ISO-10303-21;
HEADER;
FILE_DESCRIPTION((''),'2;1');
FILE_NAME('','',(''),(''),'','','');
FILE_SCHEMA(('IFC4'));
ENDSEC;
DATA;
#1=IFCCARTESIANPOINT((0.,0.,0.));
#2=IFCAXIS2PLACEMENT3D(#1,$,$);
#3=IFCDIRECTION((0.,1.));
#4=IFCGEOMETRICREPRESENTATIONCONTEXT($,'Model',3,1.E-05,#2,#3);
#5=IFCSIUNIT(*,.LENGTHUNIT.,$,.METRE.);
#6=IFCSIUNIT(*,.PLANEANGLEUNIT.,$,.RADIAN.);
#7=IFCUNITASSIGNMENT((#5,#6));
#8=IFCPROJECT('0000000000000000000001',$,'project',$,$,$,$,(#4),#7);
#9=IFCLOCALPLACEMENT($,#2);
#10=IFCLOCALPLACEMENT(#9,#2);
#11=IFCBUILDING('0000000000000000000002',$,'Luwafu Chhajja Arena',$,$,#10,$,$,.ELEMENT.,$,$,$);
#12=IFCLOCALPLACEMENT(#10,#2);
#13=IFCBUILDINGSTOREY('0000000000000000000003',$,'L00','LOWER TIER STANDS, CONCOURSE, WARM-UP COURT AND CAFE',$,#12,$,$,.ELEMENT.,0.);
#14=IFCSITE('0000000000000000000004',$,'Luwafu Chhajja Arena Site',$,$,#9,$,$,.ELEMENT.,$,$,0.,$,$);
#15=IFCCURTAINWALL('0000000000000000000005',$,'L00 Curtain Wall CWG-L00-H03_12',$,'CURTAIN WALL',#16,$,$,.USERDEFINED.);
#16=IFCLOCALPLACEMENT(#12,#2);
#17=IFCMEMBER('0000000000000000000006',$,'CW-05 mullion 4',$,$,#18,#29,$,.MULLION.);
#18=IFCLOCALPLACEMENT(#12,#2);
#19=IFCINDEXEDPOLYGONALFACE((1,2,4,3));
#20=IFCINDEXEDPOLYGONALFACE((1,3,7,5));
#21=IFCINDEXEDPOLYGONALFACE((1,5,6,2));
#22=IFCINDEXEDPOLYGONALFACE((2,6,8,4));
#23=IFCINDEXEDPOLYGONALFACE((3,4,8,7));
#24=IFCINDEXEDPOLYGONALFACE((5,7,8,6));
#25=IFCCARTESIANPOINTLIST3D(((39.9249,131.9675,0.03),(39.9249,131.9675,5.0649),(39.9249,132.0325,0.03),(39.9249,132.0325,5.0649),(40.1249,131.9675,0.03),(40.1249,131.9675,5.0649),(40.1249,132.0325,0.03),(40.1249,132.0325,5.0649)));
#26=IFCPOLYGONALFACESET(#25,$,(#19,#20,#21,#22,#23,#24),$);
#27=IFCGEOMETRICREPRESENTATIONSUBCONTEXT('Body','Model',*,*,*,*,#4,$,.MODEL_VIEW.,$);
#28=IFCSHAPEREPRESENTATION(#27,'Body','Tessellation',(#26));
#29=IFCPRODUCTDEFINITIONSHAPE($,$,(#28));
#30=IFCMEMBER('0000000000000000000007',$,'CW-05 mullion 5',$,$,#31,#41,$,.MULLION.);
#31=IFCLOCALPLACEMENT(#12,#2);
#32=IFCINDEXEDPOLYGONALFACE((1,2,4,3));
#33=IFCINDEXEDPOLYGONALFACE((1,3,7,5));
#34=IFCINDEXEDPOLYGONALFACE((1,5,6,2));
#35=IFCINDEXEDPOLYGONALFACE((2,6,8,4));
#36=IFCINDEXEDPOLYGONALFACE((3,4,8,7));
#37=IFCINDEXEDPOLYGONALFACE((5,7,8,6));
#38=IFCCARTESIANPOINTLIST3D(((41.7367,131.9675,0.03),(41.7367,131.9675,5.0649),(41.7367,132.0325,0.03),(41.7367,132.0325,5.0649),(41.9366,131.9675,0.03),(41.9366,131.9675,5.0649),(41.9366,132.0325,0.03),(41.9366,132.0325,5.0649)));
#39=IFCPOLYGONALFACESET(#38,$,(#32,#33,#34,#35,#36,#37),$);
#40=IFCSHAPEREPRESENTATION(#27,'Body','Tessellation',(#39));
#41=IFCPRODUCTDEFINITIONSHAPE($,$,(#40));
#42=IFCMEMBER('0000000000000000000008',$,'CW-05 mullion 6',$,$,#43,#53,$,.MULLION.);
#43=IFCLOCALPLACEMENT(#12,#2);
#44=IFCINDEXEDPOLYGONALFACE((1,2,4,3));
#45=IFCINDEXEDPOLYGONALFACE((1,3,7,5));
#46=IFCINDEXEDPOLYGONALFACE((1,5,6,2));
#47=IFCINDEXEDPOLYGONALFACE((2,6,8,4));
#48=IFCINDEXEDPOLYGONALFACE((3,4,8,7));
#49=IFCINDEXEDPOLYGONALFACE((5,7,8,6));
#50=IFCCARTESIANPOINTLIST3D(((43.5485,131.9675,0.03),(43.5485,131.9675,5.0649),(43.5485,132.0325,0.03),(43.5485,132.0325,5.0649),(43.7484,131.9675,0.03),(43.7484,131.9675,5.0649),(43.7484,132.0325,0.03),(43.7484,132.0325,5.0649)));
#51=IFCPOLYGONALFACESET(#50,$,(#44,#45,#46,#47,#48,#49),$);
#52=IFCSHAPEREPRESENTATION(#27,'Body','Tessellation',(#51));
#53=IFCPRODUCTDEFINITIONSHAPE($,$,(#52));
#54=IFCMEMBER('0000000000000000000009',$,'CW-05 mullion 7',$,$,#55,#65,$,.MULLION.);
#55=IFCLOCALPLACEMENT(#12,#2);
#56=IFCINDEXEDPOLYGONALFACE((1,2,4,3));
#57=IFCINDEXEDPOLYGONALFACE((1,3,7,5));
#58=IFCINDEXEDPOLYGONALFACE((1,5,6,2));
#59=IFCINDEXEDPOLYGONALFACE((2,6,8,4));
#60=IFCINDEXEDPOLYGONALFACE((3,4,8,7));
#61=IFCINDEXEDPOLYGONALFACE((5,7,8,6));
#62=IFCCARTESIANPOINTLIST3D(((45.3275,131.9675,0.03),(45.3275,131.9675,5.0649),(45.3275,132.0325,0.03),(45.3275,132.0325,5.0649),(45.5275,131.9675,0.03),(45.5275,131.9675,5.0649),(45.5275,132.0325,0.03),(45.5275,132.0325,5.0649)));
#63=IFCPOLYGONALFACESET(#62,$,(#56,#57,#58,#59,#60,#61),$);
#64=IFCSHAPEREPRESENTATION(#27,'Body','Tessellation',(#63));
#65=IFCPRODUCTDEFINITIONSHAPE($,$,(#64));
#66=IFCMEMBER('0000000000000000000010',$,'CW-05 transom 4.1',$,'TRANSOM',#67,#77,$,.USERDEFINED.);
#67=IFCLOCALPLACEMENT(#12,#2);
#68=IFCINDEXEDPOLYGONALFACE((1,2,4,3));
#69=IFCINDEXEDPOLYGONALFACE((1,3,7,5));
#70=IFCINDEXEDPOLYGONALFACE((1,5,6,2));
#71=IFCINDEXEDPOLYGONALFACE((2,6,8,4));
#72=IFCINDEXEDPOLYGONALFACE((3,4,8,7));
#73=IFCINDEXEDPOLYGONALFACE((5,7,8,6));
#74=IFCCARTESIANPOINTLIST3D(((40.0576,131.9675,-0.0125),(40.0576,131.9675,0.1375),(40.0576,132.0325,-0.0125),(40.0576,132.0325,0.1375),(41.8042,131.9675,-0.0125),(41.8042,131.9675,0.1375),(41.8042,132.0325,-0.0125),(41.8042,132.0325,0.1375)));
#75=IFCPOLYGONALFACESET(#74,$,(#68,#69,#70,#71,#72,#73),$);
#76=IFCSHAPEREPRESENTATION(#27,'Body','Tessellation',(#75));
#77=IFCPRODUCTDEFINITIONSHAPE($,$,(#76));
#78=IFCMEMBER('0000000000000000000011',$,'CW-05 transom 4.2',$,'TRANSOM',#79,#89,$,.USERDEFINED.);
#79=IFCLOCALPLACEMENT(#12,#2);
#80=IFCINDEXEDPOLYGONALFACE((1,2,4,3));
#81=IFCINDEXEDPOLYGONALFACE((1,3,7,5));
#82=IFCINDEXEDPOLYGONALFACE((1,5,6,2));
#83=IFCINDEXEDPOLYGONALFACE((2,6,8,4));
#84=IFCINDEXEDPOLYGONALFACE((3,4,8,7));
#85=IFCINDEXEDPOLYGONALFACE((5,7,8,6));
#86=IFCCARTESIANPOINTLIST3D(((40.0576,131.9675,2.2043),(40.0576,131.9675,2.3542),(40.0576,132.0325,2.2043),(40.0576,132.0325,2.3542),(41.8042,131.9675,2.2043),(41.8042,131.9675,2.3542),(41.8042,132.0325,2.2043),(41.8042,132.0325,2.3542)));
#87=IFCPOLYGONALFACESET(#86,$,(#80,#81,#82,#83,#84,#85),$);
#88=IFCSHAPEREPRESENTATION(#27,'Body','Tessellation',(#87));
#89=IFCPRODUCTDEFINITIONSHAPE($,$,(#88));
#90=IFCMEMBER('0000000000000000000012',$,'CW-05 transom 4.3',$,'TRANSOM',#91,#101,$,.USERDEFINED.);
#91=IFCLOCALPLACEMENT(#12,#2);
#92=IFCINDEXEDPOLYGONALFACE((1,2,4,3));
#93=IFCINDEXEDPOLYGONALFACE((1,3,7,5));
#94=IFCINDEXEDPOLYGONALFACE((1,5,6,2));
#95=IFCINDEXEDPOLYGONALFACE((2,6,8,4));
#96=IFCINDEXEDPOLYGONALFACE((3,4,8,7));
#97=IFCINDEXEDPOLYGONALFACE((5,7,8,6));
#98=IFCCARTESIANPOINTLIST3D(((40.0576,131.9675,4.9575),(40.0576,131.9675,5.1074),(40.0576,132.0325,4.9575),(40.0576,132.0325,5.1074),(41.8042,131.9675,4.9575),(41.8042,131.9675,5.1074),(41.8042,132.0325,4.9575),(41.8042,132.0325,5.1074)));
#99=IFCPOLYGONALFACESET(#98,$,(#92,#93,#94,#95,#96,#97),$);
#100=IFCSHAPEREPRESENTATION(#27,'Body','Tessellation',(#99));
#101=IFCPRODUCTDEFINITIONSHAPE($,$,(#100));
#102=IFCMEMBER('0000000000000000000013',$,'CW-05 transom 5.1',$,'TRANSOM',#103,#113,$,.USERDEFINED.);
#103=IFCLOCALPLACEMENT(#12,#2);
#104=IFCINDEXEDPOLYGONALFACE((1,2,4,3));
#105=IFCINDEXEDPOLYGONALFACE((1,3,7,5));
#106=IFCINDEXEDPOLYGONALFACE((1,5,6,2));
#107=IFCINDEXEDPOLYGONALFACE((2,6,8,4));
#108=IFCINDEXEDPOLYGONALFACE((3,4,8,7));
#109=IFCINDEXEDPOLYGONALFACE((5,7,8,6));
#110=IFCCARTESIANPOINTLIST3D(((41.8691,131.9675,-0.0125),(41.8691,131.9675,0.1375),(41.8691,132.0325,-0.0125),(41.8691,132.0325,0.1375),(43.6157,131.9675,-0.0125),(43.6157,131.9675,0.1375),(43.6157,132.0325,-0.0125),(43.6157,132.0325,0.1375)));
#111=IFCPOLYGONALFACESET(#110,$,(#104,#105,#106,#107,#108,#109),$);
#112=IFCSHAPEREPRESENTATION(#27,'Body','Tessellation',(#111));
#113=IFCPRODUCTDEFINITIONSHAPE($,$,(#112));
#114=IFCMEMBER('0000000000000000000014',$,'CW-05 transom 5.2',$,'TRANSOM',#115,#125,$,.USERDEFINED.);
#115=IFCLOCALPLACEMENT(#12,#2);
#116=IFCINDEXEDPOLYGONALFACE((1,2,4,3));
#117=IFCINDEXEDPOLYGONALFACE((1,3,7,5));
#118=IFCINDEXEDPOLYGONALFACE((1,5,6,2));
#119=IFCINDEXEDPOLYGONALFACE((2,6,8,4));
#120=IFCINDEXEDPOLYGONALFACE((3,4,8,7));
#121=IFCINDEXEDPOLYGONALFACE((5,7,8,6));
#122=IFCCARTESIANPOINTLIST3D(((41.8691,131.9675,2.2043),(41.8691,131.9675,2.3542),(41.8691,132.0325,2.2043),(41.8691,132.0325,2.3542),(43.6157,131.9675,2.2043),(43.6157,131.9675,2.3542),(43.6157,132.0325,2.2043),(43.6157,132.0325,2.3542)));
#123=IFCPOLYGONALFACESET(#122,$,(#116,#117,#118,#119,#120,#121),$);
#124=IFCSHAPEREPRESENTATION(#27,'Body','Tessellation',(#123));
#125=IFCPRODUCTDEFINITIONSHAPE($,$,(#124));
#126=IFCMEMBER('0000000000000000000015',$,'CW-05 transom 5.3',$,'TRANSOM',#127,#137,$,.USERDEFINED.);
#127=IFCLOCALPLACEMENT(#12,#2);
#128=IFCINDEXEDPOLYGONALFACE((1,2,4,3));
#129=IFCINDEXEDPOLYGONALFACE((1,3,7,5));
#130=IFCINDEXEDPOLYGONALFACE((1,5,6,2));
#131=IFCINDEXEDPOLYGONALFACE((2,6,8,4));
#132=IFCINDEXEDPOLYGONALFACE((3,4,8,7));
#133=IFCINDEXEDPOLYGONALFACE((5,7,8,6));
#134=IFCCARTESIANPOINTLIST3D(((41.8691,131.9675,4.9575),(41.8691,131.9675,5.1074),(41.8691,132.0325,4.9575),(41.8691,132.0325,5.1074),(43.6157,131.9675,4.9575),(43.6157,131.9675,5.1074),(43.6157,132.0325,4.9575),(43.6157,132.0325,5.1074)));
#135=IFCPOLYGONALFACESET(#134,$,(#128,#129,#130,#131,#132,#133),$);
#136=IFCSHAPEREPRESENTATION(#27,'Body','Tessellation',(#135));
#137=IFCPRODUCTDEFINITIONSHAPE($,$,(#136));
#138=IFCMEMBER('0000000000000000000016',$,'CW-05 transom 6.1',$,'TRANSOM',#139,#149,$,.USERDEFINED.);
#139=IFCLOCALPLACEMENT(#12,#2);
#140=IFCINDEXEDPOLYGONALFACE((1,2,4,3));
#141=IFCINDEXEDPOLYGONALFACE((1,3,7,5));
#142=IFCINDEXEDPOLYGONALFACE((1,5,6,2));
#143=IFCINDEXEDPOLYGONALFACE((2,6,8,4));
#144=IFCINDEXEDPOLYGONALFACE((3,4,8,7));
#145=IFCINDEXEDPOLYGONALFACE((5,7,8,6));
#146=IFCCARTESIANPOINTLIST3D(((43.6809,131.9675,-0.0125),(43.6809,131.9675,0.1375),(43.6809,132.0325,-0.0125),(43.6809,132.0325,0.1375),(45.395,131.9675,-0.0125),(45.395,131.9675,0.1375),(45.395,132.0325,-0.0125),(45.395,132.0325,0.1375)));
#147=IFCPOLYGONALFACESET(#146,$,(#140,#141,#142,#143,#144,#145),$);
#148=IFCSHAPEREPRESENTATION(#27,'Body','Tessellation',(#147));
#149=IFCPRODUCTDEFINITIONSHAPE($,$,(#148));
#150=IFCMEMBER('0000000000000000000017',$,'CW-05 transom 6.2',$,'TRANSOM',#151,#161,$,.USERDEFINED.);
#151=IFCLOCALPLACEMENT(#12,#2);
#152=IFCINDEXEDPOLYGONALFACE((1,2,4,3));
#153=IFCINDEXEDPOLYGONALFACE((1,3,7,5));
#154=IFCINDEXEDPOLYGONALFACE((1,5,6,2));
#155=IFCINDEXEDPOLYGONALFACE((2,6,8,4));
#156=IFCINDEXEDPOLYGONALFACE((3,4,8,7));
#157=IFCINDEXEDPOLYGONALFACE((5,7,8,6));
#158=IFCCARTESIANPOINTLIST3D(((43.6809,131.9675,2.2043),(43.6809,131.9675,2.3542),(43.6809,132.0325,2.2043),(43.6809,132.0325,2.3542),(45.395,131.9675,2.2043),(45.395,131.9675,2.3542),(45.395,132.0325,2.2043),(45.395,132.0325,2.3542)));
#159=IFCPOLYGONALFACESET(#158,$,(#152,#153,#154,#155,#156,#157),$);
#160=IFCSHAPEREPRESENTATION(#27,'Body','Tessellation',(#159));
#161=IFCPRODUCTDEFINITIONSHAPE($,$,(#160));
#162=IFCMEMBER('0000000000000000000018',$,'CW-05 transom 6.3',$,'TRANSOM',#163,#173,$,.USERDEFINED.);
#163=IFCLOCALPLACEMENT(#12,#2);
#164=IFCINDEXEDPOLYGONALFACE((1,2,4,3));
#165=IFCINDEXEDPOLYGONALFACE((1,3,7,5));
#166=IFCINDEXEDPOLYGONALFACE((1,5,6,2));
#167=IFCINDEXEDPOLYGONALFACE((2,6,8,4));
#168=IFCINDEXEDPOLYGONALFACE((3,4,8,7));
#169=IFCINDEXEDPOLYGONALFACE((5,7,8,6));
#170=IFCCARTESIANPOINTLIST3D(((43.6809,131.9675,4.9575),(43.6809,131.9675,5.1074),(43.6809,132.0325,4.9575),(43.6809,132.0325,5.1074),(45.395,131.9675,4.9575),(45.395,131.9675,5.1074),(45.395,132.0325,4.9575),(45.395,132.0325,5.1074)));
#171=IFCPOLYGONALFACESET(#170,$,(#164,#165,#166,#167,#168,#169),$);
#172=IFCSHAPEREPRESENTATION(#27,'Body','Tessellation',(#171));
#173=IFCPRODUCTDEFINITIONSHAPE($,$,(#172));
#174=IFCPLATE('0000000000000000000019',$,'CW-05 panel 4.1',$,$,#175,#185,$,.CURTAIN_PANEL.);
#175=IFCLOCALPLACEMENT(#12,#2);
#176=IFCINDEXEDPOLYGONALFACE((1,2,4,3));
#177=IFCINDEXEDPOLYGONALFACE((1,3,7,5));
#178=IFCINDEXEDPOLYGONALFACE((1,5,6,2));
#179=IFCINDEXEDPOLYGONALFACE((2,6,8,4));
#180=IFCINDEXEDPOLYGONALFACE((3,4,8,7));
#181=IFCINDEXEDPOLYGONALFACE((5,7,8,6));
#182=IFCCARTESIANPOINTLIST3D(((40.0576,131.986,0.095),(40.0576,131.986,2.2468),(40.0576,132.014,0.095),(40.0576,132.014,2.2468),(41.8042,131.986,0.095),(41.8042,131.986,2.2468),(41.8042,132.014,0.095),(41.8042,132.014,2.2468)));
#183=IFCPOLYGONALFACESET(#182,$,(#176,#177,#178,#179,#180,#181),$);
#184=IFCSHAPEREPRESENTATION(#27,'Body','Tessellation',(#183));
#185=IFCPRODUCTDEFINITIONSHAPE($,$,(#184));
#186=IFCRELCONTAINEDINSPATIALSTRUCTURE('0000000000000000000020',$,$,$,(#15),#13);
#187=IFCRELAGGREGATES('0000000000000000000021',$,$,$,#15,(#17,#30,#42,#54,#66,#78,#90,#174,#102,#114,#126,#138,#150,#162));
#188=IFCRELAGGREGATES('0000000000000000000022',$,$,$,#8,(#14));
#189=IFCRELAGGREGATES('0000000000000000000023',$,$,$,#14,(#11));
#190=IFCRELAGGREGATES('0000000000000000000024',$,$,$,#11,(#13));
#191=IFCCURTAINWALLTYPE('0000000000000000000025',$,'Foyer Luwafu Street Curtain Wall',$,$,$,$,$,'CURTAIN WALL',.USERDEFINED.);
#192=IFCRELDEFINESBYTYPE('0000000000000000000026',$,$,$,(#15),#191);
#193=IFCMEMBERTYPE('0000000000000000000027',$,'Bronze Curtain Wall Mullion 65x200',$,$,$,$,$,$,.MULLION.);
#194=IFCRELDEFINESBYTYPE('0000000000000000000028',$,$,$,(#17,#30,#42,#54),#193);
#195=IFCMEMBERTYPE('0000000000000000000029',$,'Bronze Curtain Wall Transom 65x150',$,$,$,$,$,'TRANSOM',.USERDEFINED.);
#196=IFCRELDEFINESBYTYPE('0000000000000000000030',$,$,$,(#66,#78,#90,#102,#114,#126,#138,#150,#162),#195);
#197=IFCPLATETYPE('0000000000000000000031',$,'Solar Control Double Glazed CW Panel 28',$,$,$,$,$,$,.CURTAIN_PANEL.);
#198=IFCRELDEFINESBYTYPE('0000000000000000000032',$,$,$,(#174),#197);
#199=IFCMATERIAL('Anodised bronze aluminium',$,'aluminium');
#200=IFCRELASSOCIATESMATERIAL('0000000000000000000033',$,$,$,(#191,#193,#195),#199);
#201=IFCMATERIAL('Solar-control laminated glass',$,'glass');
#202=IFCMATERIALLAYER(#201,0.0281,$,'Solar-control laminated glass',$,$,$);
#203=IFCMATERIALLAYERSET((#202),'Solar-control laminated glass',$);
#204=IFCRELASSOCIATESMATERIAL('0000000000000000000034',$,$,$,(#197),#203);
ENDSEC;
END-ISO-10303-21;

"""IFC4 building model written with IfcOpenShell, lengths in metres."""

from ifc_helpers import new_model, si_unit, direction, frame, origin, origin_2d, place, context, subcontext, project, spatial, rectangle, extrude, material, layer, layer_set, material_profile, profile_set, type_object, element, aggregate, save


model = new_model("IFC4")

# Units and contexts
model_context = context("Model", 3, precision=1e-05, world=origin(), true_north=direction((0.0, 1.0)))
body_context = subcontext(model_context, "Body", "Model", "MODEL_VIEW")
ifc_project = project(units=[si_unit("LENGTHUNIT", "METRE"), si_unit("PLANEANGLEUNIT", "RADIAN")], contexts=[model_context])

# Site, building, storey
site_placement = place(None, origin())
site = spatial("IfcSite", under=ifc_project, at=site_placement, Name="Luwafu Chhajja Arena Site", CompositionType="ELEMENT", RefElevation=0.0)
building_placement = place(site_placement, origin())
building = spatial("IfcBuilding", under=site, at=building_placement, Name="Luwafu Chhajja Arena", CompositionType="ELEMENT")
storey_placement = place(building_placement, origin())
storey = spatial("IfcBuildingStorey", under=building, at=storey_placement, Name="L00", Description="LOWER TIER STANDS, CONCOURSE, WARM-UP COURT AND CAFE", CompositionType="ELEMENT", Elevation=0.0)

# Curtain wall, members, plate
ifc_material_1 = material(Name="Anodised bronze aluminium", Category="aluminium")
curtain_wall_type = type_object("IfcCurtainWallType", Name="Foyer Luwafu Street Curtain Wall", ElementType="CURTAIN WALL", PredefinedType="USERDEFINED", material=ifc_material_1)
curtain_wall_placement = place(storey_placement, origin())
curtain_wall = element("IfcCurtainWall", 1, at=curtain_wall_placement, inside=storey, type_object=curtain_wall_type, Name="L00 Curtain Wall CWG-L00-H03_12", ObjectType="CURTAIN WALL", PredefinedType="USERDEFINED")
ifc_material_profile_1 = material_profile(ifc_material_1, rectangle(XDim=0.0649, YDim=0.2, at=origin_2d()), Name="CWM 65x200")
ifc_profile_set_1 = profile_set([ifc_material_profile_1], Name="Anodised bronze aluminium")
member_type_1 = type_object("IfcMemberType", Name="Bronze Curtain Wall Mullion 65x200", PredefinedType="MULLION", material=ifc_profile_set_1)
member_1_placement = place(storey_placement, frame((40.0249, 132.0, 0.03), z_axis=(0.0, 0.0, 1.0), x_axis=(0.0, 1.0, 0.0)))
member_1 = element("IfcMember", 2, at=member_1_placement, type_object=member_type_1, Name="CW-05 mullion 4", PredefinedType="MULLION", context=body_context, shape_type="SweptSolid", body=[
    extrude(rectangle(XDim=0.0649, YDim=0.2, at=origin_2d()), origin(), (0.0, 0.0, 1.0), 5.0349),
])
member_2_placement = place(storey_placement, frame((41.8367, 132.0, 0.03), z_axis=(0.0, 0.0, 1.0), x_axis=(0.0, 1.0, 0.0)))
member_2 = element("IfcMember", 3, at=member_2_placement, type_object=member_type_1, Name="CW-05 mullion 5", PredefinedType="MULLION", context=body_context, shape_type="SweptSolid", body=[
    extrude(rectangle(XDim=0.0649, YDim=0.2, at=origin_2d()), origin(), (0.0, 0.0, 1.0), 5.0349),
])
member_3_placement = place(storey_placement, frame((43.6484, 132.0, 0.03), z_axis=(0.0, 0.0, 1.0), x_axis=(0.0, 1.0, 0.0)))
member_3 = element("IfcMember", 4, at=member_3_placement, type_object=member_type_1, Name="CW-05 mullion 6", PredefinedType="MULLION", context=body_context, shape_type="SweptSolid", body=[
    extrude(rectangle(XDim=0.0649, YDim=0.2, at=origin_2d()), origin(), (0.0, 0.0, 1.0), 5.0349),
])
member_4_placement = place(storey_placement, frame((45.4275, 132.0, 0.03), z_axis=(0.0, 0.0, 1.0), x_axis=(0.0, 1.0, 0.0)))
member_4 = element("IfcMember", 5, at=member_4_placement, type_object=member_type_1, Name="CW-05 mullion 7", PredefinedType="MULLION", context=body_context, shape_type="SweptSolid", body=[
    extrude(rectangle(XDim=0.0649, YDim=0.2, at=origin_2d()), origin(), (0.0, 0.0, 1.0), 5.0349),
])
ifc_material_profile_2 = material_profile(ifc_material_1, rectangle(XDim=0.0649, YDim=0.1499, at=origin_2d()), Name="CWT 65x150")
ifc_profile_set_2 = profile_set([ifc_material_profile_2], Name="Anodised bronze aluminium")
member_type_2 = type_object("IfcMemberType", Name="Bronze Curtain Wall Transom 65x150", ElementType="TRANSOM", PredefinedType="USERDEFINED", material=ifc_profile_set_2)
member_5_placement = place(storey_placement, frame((40.0576, 132.0, 0.0625), z_axis=(1.0, 0.0, 0.0), x_axis=(0.0, 1.0, 0.0)))
member_5 = element("IfcMember", 6, at=member_5_placement, type_object=member_type_2, Name="CW-05 transom 4.1", ObjectType="TRANSOM", PredefinedType="USERDEFINED", context=body_context, shape_type="SweptSolid", body=[
    extrude(rectangle(XDim=0.0649, YDim=0.1499, at=origin_2d()), origin(), (0.0, 0.0, 1.0), 1.7466),
])
member_6_placement = place(storey_placement, frame((40.0576, 132.0, 2.2793), z_axis=(1.0, 0.0, 0.0), x_axis=(0.0, 1.0, 0.0)))
member_6 = element("IfcMember", 7, at=member_6_placement, type_object=member_type_2, Name="CW-05 transom 4.2", ObjectType="TRANSOM", PredefinedType="USERDEFINED", context=body_context, shape_type="SweptSolid", body=[
    extrude(rectangle(XDim=0.0649, YDim=0.1499, at=origin_2d()), origin(), (0.0, 0.0, 1.0), 1.7466),
])
member_7_placement = place(storey_placement, frame((40.0576, 132.0, 5.0325), z_axis=(1.0, 0.0, 0.0), x_axis=(0.0, 1.0, 0.0)))
member_7 = element("IfcMember", 8, at=member_7_placement, type_object=member_type_2, Name="CW-05 transom 4.3", ObjectType="TRANSOM", PredefinedType="USERDEFINED", context=body_context, shape_type="SweptSolid", body=[
    extrude(rectangle(XDim=0.0649, YDim=0.1499, at=origin_2d()), origin(), (0.0, 0.0, 1.0), 1.7466),
])
member_8_placement = place(storey_placement, frame((41.8691, 132.0, 0.0625), z_axis=(1.0, 0.0, 0.0), x_axis=(0.0, 1.0, 0.0)))
member_8 = element("IfcMember", 9, at=member_8_placement, type_object=member_type_2, Name="CW-05 transom 5.1", ObjectType="TRANSOM", PredefinedType="USERDEFINED", context=body_context, shape_type="SweptSolid", body=[
    extrude(rectangle(XDim=0.0649, YDim=0.1499, at=origin_2d()), origin(), (0.0, 0.0, 1.0), 1.7466),
])
member_9_placement = place(storey_placement, frame((41.8691, 132.0, 2.2793), z_axis=(1.0, 0.0, 0.0), x_axis=(0.0, 1.0, 0.0)))
member_9 = element("IfcMember", 10, at=member_9_placement, type_object=member_type_2, Name="CW-05 transom 5.2", ObjectType="TRANSOM", PredefinedType="USERDEFINED", context=body_context, shape_type="SweptSolid", body=[
    extrude(rectangle(XDim=0.0649, YDim=0.1499, at=origin_2d()), origin(), (0.0, 0.0, 1.0), 1.7466),
])
member_10_placement = place(storey_placement, frame((41.8691, 132.0, 5.0325), z_axis=(1.0, 0.0, 0.0), x_axis=(0.0, 1.0, 0.0)))
member_10 = element("IfcMember", 11, at=member_10_placement, type_object=member_type_2, Name="CW-05 transom 5.3", ObjectType="TRANSOM", PredefinedType="USERDEFINED", context=body_context, shape_type="SweptSolid", body=[
    extrude(rectangle(XDim=0.0649, YDim=0.1499, at=origin_2d()), origin(), (0.0, 0.0, 1.0), 1.7466),
])
member_11_placement = place(storey_placement, frame((43.6809, 132.0, 0.0625), z_axis=(1.0, 0.0, 0.0), x_axis=(0.0, 1.0, 0.0)))
member_11 = element("IfcMember", 12, at=member_11_placement, type_object=member_type_2, Name="CW-05 transom 6.1", ObjectType="TRANSOM", PredefinedType="USERDEFINED", context=body_context, shape_type="SweptSolid", body=[
    extrude(rectangle(XDim=0.0649, YDim=0.1499, at=origin_2d()), origin(), (0.0, 0.0, 1.0), 1.7141),
])
member_12_placement = place(storey_placement, frame((43.6809, 132.0, 2.2793), z_axis=(1.0, 0.0, 0.0), x_axis=(0.0, 1.0, 0.0)))
member_12 = element("IfcMember", 13, at=member_12_placement, type_object=member_type_2, Name="CW-05 transom 6.2", ObjectType="TRANSOM", PredefinedType="USERDEFINED", context=body_context, shape_type="SweptSolid", body=[
    extrude(rectangle(XDim=0.0649, YDim=0.1499, at=origin_2d()), origin(), (0.0, 0.0, 1.0), 1.7141),
])
member_13_placement = place(storey_placement, frame((43.6809, 132.0, 5.0325), z_axis=(1.0, 0.0, 0.0), x_axis=(0.0, 1.0, 0.0)))
member_13 = element("IfcMember", 14, at=member_13_placement, type_object=member_type_2, Name="CW-05 transom 6.3", ObjectType="TRANSOM", PredefinedType="USERDEFINED", context=body_context, shape_type="SweptSolid", body=[
    extrude(rectangle(XDim=0.0649, YDim=0.1499, at=origin_2d()), origin(), (0.0, 0.0, 1.0), 1.7141),
])
ifc_material_2 = material(Name="Solar-control laminated glass", Category="glass")
ifc_layer_1 = layer(ifc_material_2, 0.0281, Name="Solar-control laminated glass")
ifc_layer_set_1 = layer_set([ifc_layer_1], Name="Solar-control laminated glass")
plate_type = type_object("IfcPlateType", Name="Solar Control Double Glazed CW Panel 28", PredefinedType="CURTAIN_PANEL", material=ifc_layer_set_1)
plate_1_placement = place(storey_placement, frame((40.9309, 132.0, 0.095), z_axis=(0.0, 0.0, 1.0), x_axis=(1.0, 0.0, 0.0)))
plate_1 = element("IfcPlate", 15, at=plate_1_placement, type_object=plate_type, Name="CW-05 panel 4.1", PredefinedType="CURTAIN_PANEL", context=body_context, shape_type="SweptSolid", body=[
    extrude(rectangle(XDim=1.7466, YDim=0.0281, at=origin_2d()), origin(), (0.0, 0.0, 1.0), 2.1519),
])
aggregate(curtain_wall, [member_1, member_2, member_3, member_4, member_5, member_6, member_7, plate_1, member_8, member_9, member_10, member_11, member_12, member_13])

save(model, "model.ifc")
